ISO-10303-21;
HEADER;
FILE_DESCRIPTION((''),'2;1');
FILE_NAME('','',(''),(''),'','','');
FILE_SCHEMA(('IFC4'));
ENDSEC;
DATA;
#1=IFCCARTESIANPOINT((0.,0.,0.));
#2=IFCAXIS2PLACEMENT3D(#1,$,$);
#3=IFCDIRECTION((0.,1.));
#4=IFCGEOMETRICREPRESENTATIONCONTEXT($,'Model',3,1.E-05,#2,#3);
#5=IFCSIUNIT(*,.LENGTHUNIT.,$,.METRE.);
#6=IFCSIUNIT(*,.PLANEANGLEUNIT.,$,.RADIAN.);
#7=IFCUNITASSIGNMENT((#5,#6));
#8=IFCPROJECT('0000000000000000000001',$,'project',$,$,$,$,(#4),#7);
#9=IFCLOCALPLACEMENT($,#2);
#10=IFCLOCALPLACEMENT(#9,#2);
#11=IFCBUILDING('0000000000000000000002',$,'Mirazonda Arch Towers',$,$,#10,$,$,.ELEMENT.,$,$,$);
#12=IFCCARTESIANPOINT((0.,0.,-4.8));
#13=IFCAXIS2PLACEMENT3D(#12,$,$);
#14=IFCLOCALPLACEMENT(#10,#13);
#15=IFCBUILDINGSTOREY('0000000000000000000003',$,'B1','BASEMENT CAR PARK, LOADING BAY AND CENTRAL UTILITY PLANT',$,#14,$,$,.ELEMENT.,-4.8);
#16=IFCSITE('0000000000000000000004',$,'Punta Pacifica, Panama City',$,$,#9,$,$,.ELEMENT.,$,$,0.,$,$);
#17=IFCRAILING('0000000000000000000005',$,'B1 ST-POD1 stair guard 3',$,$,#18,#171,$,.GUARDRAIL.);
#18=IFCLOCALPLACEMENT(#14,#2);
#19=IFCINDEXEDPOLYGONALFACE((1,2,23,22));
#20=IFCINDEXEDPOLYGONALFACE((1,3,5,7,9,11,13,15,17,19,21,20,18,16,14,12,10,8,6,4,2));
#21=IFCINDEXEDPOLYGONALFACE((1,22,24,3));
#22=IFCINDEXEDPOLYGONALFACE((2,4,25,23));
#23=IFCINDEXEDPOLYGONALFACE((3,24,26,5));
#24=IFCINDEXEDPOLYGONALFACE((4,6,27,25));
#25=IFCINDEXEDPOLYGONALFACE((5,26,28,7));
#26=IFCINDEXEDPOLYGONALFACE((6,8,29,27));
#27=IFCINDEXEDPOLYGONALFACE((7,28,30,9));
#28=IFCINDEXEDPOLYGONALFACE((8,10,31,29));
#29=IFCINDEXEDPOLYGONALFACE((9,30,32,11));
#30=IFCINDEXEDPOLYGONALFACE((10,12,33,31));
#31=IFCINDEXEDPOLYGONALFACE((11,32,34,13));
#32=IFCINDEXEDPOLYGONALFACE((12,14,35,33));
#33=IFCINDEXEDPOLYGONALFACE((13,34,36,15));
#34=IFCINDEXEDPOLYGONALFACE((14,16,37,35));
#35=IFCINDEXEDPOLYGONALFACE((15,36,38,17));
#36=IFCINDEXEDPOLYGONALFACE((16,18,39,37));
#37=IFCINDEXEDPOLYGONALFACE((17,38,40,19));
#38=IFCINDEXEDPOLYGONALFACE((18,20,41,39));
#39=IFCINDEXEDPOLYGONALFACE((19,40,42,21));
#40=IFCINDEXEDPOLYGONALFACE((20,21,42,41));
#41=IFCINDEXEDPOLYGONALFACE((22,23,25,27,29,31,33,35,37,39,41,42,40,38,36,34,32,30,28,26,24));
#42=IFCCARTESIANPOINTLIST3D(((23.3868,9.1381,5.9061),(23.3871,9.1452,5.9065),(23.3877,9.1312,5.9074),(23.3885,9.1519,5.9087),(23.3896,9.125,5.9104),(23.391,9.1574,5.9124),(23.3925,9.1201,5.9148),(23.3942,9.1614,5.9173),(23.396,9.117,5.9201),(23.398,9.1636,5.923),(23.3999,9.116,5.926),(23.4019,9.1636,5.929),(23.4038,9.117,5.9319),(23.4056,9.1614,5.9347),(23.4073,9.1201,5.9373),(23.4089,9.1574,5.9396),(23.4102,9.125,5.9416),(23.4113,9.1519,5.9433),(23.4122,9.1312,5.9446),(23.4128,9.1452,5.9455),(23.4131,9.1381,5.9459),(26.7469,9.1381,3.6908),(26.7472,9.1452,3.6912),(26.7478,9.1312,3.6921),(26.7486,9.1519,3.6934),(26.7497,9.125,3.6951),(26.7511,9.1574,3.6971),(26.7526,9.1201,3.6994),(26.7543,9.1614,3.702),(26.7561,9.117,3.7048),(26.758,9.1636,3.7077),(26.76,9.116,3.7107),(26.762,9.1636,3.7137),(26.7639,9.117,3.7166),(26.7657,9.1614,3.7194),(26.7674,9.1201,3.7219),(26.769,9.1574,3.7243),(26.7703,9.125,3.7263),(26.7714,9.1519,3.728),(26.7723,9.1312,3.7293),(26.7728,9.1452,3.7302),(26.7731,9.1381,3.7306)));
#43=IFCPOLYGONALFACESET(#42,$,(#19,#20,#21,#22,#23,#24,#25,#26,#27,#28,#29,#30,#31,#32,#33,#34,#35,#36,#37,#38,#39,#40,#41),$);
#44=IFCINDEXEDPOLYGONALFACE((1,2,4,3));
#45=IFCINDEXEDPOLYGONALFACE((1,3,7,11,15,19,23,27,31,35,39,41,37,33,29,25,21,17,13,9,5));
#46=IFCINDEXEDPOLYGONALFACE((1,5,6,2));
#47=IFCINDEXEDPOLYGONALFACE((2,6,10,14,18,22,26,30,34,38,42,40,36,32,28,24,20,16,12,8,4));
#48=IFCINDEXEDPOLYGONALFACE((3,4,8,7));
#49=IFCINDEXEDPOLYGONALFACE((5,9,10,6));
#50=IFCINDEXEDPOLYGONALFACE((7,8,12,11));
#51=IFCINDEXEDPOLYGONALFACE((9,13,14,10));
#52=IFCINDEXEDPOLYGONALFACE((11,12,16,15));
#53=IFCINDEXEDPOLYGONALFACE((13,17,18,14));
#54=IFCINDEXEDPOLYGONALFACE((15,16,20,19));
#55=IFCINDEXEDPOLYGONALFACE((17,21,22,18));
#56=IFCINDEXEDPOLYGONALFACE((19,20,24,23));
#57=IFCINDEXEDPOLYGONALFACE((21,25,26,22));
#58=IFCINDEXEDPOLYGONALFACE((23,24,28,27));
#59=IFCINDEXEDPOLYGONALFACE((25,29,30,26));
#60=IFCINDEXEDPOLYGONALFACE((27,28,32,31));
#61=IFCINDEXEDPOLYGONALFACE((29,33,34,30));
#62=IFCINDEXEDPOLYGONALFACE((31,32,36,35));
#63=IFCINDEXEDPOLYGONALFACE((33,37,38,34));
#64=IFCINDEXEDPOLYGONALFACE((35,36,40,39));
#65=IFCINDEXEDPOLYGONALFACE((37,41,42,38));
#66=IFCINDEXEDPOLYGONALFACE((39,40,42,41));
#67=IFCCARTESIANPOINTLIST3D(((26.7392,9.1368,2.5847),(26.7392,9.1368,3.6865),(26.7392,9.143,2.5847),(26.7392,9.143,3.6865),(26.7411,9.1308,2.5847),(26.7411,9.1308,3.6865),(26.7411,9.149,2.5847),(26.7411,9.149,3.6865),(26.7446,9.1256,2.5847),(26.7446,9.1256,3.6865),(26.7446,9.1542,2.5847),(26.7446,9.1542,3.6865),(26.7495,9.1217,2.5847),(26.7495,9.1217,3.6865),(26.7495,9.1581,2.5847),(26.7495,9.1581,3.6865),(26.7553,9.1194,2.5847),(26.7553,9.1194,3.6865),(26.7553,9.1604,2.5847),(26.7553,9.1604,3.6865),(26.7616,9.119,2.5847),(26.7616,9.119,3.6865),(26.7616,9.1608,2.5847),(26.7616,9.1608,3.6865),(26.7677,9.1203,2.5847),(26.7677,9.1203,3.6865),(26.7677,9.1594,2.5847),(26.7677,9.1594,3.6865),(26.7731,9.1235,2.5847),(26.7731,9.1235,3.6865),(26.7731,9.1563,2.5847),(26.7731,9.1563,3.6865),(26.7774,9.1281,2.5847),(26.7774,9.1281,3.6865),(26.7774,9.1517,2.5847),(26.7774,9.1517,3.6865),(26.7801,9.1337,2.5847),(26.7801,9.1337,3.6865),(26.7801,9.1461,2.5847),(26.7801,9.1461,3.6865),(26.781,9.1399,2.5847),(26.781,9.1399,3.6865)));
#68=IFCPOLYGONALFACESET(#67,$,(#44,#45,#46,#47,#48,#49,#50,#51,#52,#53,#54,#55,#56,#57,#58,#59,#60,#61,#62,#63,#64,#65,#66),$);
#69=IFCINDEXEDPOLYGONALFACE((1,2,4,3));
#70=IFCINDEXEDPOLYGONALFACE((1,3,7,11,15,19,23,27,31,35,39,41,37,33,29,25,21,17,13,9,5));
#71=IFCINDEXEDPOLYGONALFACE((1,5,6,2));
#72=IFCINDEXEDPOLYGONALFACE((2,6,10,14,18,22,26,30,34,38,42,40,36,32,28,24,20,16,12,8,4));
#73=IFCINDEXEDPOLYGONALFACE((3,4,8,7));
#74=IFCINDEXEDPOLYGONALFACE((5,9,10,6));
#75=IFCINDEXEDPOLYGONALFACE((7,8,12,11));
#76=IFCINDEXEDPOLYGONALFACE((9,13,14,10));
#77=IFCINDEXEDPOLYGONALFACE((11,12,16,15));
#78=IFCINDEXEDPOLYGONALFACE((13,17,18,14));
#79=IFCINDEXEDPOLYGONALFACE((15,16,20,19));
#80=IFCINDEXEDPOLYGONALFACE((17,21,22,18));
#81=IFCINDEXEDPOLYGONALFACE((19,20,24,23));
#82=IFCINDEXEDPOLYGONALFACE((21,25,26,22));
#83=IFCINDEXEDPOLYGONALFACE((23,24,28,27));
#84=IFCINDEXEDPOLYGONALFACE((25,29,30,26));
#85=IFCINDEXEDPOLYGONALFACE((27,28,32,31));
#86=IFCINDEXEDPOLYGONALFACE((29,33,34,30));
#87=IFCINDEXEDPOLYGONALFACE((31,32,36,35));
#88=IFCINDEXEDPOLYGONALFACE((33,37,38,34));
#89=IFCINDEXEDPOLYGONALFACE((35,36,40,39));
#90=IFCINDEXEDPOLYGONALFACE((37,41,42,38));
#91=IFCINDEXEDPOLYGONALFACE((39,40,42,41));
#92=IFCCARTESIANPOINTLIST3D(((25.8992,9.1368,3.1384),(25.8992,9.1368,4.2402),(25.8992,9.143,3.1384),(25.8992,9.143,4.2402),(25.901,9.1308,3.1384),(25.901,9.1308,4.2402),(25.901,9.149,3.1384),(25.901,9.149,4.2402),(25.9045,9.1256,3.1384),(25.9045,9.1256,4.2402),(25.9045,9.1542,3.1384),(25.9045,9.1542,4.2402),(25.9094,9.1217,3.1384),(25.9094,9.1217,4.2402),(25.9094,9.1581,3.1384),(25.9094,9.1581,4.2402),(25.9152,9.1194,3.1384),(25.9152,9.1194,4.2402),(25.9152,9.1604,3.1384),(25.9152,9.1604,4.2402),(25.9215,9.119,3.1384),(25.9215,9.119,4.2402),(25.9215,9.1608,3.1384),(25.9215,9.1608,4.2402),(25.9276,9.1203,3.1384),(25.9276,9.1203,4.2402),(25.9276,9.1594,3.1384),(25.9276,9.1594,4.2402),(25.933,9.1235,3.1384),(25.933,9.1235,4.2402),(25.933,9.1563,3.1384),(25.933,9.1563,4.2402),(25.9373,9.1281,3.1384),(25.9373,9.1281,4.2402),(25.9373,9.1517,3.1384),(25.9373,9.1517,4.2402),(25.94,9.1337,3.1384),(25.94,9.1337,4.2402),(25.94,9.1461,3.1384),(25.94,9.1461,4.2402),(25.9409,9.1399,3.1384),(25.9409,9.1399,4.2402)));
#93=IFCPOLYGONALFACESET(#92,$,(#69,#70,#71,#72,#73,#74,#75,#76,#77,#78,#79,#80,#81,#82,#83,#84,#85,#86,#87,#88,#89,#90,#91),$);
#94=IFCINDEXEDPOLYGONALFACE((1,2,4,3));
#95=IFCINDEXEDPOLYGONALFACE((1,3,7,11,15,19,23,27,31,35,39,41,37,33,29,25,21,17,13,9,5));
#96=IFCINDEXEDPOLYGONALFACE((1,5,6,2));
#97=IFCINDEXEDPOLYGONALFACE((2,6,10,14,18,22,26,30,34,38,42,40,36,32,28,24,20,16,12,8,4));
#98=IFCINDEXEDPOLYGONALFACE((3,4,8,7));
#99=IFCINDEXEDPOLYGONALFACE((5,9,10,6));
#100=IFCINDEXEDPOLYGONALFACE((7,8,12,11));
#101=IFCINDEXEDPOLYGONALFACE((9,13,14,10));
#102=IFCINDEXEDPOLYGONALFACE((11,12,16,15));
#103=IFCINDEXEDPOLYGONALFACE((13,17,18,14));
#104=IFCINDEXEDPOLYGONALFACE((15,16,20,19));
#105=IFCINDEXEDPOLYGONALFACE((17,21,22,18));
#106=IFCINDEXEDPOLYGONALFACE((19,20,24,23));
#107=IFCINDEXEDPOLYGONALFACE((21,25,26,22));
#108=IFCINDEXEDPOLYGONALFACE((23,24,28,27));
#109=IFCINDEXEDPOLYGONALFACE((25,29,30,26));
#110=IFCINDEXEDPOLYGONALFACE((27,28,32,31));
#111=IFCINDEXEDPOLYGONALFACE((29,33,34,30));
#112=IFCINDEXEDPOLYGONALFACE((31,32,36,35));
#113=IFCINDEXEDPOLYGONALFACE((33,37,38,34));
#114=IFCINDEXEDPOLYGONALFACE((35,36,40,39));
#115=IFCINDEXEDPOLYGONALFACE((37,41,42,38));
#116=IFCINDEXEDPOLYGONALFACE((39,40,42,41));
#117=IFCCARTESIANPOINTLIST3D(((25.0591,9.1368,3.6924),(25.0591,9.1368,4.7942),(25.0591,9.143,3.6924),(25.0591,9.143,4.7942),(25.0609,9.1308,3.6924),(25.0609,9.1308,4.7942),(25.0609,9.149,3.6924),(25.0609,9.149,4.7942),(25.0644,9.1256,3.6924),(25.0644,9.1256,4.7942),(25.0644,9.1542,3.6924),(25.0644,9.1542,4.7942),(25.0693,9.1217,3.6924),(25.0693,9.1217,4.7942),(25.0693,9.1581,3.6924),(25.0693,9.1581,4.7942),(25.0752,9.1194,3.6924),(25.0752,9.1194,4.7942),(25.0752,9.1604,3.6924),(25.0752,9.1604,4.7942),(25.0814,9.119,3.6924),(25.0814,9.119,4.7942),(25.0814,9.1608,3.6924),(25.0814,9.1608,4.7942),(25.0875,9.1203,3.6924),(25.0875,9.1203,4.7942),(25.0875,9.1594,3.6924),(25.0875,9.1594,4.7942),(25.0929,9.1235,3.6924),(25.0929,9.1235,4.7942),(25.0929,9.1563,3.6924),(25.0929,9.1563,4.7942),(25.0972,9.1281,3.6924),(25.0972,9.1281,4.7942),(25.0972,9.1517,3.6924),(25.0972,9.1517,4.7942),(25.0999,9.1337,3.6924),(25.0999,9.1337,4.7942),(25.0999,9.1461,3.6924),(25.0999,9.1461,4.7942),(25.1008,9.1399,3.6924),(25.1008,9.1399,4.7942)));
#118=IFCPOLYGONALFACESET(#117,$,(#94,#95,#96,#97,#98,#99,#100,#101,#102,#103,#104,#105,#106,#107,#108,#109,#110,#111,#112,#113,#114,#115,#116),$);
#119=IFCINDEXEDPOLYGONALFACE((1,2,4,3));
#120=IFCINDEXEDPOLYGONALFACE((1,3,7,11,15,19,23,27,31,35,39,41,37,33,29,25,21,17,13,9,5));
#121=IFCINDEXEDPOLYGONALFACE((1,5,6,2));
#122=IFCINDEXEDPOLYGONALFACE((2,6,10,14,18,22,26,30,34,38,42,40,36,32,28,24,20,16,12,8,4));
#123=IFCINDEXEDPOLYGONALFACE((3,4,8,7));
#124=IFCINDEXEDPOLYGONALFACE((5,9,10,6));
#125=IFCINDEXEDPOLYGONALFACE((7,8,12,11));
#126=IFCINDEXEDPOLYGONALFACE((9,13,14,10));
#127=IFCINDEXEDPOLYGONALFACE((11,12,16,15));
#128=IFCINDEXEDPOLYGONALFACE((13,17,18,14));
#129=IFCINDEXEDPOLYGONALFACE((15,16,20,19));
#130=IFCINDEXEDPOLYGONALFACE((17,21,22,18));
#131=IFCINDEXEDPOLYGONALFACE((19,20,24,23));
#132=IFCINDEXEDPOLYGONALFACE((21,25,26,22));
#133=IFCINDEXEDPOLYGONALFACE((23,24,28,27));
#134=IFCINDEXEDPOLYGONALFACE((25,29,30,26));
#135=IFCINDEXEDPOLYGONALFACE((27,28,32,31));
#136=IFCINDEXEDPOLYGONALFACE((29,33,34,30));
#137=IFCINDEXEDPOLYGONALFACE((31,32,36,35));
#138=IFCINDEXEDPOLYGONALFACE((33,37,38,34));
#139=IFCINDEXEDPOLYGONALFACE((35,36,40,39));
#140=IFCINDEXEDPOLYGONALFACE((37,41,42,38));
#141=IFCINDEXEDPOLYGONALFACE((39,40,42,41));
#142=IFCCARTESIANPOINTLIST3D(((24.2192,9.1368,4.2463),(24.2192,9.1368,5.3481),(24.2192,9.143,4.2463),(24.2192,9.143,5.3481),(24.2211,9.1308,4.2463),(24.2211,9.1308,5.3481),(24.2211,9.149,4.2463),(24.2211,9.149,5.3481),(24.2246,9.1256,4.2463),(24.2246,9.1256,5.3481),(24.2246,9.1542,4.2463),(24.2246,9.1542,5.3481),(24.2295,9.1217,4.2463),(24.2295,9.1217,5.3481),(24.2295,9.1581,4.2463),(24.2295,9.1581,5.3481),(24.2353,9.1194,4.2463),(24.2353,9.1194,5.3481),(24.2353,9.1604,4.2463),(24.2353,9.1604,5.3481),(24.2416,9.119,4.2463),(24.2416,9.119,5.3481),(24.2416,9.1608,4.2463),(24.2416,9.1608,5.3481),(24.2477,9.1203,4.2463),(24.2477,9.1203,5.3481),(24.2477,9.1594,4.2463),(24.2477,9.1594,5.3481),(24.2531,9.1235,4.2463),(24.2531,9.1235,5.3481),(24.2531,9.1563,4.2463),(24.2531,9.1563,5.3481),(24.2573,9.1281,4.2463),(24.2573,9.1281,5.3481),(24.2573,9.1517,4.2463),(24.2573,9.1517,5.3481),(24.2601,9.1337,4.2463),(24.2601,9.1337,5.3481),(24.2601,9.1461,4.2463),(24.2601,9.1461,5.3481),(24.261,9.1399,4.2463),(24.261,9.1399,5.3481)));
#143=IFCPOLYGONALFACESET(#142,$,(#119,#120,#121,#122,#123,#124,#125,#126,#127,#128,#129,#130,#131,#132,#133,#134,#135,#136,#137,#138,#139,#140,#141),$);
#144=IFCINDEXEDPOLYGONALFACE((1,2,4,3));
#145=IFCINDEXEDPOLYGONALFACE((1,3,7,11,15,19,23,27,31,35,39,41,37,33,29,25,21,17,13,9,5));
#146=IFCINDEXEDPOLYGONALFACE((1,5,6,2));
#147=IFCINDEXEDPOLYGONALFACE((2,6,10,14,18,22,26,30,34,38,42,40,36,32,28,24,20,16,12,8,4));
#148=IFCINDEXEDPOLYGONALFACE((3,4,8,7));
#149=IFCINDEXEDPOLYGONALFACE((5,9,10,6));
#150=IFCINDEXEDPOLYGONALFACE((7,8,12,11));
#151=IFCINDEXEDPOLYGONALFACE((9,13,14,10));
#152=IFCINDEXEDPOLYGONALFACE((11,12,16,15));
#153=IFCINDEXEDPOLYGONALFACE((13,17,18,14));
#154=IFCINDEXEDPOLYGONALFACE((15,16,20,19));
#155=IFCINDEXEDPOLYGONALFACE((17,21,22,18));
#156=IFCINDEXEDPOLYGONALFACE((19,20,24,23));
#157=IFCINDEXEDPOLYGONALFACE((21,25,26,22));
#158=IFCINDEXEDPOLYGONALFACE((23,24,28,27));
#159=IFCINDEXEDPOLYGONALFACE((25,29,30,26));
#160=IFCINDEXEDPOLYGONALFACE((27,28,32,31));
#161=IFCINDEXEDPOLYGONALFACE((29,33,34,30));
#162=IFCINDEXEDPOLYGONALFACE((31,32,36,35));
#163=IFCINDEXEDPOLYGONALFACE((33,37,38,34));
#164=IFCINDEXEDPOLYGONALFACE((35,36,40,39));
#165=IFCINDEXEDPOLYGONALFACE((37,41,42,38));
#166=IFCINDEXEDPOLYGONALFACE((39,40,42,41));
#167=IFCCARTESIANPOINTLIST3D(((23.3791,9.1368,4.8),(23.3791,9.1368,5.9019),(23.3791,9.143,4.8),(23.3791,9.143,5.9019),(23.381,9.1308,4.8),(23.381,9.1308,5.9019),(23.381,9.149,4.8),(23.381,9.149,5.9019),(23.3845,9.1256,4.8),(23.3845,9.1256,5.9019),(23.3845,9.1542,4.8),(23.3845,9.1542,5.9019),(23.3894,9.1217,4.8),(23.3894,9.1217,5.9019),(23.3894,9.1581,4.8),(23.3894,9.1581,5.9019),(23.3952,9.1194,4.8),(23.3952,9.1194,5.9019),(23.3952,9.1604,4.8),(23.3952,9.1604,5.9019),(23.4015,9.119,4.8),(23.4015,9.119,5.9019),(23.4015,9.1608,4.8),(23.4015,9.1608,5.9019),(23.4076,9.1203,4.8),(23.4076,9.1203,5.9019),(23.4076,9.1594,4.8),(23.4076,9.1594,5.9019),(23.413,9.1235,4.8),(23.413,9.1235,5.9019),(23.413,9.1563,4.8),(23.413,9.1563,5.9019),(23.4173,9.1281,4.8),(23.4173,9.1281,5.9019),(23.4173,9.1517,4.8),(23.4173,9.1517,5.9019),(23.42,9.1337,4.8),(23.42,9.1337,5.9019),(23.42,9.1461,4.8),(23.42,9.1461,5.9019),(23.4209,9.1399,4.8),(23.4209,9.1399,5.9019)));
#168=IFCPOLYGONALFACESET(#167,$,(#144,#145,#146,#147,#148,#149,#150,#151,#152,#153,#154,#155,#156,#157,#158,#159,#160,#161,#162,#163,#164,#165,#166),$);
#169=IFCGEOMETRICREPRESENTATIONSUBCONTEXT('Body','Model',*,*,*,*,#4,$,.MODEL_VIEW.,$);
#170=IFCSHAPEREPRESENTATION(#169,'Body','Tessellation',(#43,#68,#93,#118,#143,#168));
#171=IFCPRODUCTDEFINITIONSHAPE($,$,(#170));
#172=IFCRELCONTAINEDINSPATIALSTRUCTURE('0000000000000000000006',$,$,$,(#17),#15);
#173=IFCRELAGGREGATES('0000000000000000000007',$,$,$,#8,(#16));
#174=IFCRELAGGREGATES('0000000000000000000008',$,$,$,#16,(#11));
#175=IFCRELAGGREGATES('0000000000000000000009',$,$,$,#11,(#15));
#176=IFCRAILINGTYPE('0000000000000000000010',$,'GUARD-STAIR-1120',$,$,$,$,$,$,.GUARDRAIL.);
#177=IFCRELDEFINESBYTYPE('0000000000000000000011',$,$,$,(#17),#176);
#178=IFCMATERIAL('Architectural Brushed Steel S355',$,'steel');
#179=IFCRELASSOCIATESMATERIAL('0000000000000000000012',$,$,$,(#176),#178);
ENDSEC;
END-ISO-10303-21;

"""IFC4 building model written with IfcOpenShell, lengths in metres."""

from ifc_helpers import new_model, si_unit, direction, frame, origin, origin_2d, place, context, subcontext, project, spatial, circle, extrude, material, type_object, element, save


model = new_model("IFC4")

# Units and contexts
model_context = context("Model", 3, precision=1e-05, world=origin(), true_north=direction((0.0, 1.0)))
body_context = subcontext(model_context, "Body", "Model", "MODEL_VIEW")
ifc_project = project(units=[si_unit("LENGTHUNIT", "METRE"), si_unit("PLANEANGLEUNIT", "RADIAN")], contexts=[model_context])

# Site, building, storey
site_placement = place(None, origin())
site = spatial("IfcSite", under=ifc_project, at=site_placement, Name="Punta Pacifica, Panama City", CompositionType="ELEMENT", RefElevation=0.0)
building_placement = place(site_placement, origin())
building = spatial("IfcBuilding", under=site, at=building_placement, Name="Mirazonda Arch Towers", CompositionType="ELEMENT")
storey_placement = place(building_placement, frame((0.0, 0.0, -4.8)))
storey = spatial("IfcBuildingStorey", under=building, at=storey_placement, Name="B1", Description="BASEMENT CAR PARK, LOADING BAY AND CENTRAL UTILITY PLANT", CompositionType="ELEMENT", Elevation=-4.8)

# Railing
ifc_material_1 = material(Name="Architectural Brushed Steel S355", Category="steel")
railing_type_1 = type_object("IfcRailingType", Name="GUARD-STAIR-1120", PredefinedType="GUARDRAIL", material=ifc_material_1)
railing_1_placement = place(storey_placement, frame((26.76, 9.1399, 2.5847)))
element("IfcRailing", 1, at=railing_1_placement, inside=storey, type_object=railing_type_1, Name="B1 ST-POD1 stair guard 3", PredefinedType="GUARDRAIL", context=body_context, shape_type="SweptSolid", body=[
    extrude(circle(Radius=0.0239, at=origin_2d()), frame((0.0, 0.0, 1.126), z_axis=(-0.834876, 0.0, 0.550437), x_axis=(0.0, -1.0, 0.0)), (0.0, 0.0, 1.0), 4.0247),
    extrude(circle(Radius=0.021, at=origin_2d()), origin(), (0.0, 0.0, 1.0), 1.1018),
    extrude(circle(Radius=0.021, at=origin_2d()), frame((-0.8401, 0.0, 0.5537)), (0.0, 0.0, 1.0), 1.1018),
    extrude(circle(Radius=0.021, at=origin_2d()), frame((-1.6802, 0.0, 1.1077)), (0.0, 0.0, 1.0), 1.1018),
    extrude(circle(Radius=0.021, at=origin_2d()), frame((-2.52, 0.0, 1.6616)), (0.0, 0.0, 1.0), 1.1018),
    extrude(circle(Radius=0.021, at=origin_2d()), frame((-3.3601, 0.0, 2.2153)), (0.0, 0.0, 1.0), 1.1018),
])

save(model, "model.ifc")
